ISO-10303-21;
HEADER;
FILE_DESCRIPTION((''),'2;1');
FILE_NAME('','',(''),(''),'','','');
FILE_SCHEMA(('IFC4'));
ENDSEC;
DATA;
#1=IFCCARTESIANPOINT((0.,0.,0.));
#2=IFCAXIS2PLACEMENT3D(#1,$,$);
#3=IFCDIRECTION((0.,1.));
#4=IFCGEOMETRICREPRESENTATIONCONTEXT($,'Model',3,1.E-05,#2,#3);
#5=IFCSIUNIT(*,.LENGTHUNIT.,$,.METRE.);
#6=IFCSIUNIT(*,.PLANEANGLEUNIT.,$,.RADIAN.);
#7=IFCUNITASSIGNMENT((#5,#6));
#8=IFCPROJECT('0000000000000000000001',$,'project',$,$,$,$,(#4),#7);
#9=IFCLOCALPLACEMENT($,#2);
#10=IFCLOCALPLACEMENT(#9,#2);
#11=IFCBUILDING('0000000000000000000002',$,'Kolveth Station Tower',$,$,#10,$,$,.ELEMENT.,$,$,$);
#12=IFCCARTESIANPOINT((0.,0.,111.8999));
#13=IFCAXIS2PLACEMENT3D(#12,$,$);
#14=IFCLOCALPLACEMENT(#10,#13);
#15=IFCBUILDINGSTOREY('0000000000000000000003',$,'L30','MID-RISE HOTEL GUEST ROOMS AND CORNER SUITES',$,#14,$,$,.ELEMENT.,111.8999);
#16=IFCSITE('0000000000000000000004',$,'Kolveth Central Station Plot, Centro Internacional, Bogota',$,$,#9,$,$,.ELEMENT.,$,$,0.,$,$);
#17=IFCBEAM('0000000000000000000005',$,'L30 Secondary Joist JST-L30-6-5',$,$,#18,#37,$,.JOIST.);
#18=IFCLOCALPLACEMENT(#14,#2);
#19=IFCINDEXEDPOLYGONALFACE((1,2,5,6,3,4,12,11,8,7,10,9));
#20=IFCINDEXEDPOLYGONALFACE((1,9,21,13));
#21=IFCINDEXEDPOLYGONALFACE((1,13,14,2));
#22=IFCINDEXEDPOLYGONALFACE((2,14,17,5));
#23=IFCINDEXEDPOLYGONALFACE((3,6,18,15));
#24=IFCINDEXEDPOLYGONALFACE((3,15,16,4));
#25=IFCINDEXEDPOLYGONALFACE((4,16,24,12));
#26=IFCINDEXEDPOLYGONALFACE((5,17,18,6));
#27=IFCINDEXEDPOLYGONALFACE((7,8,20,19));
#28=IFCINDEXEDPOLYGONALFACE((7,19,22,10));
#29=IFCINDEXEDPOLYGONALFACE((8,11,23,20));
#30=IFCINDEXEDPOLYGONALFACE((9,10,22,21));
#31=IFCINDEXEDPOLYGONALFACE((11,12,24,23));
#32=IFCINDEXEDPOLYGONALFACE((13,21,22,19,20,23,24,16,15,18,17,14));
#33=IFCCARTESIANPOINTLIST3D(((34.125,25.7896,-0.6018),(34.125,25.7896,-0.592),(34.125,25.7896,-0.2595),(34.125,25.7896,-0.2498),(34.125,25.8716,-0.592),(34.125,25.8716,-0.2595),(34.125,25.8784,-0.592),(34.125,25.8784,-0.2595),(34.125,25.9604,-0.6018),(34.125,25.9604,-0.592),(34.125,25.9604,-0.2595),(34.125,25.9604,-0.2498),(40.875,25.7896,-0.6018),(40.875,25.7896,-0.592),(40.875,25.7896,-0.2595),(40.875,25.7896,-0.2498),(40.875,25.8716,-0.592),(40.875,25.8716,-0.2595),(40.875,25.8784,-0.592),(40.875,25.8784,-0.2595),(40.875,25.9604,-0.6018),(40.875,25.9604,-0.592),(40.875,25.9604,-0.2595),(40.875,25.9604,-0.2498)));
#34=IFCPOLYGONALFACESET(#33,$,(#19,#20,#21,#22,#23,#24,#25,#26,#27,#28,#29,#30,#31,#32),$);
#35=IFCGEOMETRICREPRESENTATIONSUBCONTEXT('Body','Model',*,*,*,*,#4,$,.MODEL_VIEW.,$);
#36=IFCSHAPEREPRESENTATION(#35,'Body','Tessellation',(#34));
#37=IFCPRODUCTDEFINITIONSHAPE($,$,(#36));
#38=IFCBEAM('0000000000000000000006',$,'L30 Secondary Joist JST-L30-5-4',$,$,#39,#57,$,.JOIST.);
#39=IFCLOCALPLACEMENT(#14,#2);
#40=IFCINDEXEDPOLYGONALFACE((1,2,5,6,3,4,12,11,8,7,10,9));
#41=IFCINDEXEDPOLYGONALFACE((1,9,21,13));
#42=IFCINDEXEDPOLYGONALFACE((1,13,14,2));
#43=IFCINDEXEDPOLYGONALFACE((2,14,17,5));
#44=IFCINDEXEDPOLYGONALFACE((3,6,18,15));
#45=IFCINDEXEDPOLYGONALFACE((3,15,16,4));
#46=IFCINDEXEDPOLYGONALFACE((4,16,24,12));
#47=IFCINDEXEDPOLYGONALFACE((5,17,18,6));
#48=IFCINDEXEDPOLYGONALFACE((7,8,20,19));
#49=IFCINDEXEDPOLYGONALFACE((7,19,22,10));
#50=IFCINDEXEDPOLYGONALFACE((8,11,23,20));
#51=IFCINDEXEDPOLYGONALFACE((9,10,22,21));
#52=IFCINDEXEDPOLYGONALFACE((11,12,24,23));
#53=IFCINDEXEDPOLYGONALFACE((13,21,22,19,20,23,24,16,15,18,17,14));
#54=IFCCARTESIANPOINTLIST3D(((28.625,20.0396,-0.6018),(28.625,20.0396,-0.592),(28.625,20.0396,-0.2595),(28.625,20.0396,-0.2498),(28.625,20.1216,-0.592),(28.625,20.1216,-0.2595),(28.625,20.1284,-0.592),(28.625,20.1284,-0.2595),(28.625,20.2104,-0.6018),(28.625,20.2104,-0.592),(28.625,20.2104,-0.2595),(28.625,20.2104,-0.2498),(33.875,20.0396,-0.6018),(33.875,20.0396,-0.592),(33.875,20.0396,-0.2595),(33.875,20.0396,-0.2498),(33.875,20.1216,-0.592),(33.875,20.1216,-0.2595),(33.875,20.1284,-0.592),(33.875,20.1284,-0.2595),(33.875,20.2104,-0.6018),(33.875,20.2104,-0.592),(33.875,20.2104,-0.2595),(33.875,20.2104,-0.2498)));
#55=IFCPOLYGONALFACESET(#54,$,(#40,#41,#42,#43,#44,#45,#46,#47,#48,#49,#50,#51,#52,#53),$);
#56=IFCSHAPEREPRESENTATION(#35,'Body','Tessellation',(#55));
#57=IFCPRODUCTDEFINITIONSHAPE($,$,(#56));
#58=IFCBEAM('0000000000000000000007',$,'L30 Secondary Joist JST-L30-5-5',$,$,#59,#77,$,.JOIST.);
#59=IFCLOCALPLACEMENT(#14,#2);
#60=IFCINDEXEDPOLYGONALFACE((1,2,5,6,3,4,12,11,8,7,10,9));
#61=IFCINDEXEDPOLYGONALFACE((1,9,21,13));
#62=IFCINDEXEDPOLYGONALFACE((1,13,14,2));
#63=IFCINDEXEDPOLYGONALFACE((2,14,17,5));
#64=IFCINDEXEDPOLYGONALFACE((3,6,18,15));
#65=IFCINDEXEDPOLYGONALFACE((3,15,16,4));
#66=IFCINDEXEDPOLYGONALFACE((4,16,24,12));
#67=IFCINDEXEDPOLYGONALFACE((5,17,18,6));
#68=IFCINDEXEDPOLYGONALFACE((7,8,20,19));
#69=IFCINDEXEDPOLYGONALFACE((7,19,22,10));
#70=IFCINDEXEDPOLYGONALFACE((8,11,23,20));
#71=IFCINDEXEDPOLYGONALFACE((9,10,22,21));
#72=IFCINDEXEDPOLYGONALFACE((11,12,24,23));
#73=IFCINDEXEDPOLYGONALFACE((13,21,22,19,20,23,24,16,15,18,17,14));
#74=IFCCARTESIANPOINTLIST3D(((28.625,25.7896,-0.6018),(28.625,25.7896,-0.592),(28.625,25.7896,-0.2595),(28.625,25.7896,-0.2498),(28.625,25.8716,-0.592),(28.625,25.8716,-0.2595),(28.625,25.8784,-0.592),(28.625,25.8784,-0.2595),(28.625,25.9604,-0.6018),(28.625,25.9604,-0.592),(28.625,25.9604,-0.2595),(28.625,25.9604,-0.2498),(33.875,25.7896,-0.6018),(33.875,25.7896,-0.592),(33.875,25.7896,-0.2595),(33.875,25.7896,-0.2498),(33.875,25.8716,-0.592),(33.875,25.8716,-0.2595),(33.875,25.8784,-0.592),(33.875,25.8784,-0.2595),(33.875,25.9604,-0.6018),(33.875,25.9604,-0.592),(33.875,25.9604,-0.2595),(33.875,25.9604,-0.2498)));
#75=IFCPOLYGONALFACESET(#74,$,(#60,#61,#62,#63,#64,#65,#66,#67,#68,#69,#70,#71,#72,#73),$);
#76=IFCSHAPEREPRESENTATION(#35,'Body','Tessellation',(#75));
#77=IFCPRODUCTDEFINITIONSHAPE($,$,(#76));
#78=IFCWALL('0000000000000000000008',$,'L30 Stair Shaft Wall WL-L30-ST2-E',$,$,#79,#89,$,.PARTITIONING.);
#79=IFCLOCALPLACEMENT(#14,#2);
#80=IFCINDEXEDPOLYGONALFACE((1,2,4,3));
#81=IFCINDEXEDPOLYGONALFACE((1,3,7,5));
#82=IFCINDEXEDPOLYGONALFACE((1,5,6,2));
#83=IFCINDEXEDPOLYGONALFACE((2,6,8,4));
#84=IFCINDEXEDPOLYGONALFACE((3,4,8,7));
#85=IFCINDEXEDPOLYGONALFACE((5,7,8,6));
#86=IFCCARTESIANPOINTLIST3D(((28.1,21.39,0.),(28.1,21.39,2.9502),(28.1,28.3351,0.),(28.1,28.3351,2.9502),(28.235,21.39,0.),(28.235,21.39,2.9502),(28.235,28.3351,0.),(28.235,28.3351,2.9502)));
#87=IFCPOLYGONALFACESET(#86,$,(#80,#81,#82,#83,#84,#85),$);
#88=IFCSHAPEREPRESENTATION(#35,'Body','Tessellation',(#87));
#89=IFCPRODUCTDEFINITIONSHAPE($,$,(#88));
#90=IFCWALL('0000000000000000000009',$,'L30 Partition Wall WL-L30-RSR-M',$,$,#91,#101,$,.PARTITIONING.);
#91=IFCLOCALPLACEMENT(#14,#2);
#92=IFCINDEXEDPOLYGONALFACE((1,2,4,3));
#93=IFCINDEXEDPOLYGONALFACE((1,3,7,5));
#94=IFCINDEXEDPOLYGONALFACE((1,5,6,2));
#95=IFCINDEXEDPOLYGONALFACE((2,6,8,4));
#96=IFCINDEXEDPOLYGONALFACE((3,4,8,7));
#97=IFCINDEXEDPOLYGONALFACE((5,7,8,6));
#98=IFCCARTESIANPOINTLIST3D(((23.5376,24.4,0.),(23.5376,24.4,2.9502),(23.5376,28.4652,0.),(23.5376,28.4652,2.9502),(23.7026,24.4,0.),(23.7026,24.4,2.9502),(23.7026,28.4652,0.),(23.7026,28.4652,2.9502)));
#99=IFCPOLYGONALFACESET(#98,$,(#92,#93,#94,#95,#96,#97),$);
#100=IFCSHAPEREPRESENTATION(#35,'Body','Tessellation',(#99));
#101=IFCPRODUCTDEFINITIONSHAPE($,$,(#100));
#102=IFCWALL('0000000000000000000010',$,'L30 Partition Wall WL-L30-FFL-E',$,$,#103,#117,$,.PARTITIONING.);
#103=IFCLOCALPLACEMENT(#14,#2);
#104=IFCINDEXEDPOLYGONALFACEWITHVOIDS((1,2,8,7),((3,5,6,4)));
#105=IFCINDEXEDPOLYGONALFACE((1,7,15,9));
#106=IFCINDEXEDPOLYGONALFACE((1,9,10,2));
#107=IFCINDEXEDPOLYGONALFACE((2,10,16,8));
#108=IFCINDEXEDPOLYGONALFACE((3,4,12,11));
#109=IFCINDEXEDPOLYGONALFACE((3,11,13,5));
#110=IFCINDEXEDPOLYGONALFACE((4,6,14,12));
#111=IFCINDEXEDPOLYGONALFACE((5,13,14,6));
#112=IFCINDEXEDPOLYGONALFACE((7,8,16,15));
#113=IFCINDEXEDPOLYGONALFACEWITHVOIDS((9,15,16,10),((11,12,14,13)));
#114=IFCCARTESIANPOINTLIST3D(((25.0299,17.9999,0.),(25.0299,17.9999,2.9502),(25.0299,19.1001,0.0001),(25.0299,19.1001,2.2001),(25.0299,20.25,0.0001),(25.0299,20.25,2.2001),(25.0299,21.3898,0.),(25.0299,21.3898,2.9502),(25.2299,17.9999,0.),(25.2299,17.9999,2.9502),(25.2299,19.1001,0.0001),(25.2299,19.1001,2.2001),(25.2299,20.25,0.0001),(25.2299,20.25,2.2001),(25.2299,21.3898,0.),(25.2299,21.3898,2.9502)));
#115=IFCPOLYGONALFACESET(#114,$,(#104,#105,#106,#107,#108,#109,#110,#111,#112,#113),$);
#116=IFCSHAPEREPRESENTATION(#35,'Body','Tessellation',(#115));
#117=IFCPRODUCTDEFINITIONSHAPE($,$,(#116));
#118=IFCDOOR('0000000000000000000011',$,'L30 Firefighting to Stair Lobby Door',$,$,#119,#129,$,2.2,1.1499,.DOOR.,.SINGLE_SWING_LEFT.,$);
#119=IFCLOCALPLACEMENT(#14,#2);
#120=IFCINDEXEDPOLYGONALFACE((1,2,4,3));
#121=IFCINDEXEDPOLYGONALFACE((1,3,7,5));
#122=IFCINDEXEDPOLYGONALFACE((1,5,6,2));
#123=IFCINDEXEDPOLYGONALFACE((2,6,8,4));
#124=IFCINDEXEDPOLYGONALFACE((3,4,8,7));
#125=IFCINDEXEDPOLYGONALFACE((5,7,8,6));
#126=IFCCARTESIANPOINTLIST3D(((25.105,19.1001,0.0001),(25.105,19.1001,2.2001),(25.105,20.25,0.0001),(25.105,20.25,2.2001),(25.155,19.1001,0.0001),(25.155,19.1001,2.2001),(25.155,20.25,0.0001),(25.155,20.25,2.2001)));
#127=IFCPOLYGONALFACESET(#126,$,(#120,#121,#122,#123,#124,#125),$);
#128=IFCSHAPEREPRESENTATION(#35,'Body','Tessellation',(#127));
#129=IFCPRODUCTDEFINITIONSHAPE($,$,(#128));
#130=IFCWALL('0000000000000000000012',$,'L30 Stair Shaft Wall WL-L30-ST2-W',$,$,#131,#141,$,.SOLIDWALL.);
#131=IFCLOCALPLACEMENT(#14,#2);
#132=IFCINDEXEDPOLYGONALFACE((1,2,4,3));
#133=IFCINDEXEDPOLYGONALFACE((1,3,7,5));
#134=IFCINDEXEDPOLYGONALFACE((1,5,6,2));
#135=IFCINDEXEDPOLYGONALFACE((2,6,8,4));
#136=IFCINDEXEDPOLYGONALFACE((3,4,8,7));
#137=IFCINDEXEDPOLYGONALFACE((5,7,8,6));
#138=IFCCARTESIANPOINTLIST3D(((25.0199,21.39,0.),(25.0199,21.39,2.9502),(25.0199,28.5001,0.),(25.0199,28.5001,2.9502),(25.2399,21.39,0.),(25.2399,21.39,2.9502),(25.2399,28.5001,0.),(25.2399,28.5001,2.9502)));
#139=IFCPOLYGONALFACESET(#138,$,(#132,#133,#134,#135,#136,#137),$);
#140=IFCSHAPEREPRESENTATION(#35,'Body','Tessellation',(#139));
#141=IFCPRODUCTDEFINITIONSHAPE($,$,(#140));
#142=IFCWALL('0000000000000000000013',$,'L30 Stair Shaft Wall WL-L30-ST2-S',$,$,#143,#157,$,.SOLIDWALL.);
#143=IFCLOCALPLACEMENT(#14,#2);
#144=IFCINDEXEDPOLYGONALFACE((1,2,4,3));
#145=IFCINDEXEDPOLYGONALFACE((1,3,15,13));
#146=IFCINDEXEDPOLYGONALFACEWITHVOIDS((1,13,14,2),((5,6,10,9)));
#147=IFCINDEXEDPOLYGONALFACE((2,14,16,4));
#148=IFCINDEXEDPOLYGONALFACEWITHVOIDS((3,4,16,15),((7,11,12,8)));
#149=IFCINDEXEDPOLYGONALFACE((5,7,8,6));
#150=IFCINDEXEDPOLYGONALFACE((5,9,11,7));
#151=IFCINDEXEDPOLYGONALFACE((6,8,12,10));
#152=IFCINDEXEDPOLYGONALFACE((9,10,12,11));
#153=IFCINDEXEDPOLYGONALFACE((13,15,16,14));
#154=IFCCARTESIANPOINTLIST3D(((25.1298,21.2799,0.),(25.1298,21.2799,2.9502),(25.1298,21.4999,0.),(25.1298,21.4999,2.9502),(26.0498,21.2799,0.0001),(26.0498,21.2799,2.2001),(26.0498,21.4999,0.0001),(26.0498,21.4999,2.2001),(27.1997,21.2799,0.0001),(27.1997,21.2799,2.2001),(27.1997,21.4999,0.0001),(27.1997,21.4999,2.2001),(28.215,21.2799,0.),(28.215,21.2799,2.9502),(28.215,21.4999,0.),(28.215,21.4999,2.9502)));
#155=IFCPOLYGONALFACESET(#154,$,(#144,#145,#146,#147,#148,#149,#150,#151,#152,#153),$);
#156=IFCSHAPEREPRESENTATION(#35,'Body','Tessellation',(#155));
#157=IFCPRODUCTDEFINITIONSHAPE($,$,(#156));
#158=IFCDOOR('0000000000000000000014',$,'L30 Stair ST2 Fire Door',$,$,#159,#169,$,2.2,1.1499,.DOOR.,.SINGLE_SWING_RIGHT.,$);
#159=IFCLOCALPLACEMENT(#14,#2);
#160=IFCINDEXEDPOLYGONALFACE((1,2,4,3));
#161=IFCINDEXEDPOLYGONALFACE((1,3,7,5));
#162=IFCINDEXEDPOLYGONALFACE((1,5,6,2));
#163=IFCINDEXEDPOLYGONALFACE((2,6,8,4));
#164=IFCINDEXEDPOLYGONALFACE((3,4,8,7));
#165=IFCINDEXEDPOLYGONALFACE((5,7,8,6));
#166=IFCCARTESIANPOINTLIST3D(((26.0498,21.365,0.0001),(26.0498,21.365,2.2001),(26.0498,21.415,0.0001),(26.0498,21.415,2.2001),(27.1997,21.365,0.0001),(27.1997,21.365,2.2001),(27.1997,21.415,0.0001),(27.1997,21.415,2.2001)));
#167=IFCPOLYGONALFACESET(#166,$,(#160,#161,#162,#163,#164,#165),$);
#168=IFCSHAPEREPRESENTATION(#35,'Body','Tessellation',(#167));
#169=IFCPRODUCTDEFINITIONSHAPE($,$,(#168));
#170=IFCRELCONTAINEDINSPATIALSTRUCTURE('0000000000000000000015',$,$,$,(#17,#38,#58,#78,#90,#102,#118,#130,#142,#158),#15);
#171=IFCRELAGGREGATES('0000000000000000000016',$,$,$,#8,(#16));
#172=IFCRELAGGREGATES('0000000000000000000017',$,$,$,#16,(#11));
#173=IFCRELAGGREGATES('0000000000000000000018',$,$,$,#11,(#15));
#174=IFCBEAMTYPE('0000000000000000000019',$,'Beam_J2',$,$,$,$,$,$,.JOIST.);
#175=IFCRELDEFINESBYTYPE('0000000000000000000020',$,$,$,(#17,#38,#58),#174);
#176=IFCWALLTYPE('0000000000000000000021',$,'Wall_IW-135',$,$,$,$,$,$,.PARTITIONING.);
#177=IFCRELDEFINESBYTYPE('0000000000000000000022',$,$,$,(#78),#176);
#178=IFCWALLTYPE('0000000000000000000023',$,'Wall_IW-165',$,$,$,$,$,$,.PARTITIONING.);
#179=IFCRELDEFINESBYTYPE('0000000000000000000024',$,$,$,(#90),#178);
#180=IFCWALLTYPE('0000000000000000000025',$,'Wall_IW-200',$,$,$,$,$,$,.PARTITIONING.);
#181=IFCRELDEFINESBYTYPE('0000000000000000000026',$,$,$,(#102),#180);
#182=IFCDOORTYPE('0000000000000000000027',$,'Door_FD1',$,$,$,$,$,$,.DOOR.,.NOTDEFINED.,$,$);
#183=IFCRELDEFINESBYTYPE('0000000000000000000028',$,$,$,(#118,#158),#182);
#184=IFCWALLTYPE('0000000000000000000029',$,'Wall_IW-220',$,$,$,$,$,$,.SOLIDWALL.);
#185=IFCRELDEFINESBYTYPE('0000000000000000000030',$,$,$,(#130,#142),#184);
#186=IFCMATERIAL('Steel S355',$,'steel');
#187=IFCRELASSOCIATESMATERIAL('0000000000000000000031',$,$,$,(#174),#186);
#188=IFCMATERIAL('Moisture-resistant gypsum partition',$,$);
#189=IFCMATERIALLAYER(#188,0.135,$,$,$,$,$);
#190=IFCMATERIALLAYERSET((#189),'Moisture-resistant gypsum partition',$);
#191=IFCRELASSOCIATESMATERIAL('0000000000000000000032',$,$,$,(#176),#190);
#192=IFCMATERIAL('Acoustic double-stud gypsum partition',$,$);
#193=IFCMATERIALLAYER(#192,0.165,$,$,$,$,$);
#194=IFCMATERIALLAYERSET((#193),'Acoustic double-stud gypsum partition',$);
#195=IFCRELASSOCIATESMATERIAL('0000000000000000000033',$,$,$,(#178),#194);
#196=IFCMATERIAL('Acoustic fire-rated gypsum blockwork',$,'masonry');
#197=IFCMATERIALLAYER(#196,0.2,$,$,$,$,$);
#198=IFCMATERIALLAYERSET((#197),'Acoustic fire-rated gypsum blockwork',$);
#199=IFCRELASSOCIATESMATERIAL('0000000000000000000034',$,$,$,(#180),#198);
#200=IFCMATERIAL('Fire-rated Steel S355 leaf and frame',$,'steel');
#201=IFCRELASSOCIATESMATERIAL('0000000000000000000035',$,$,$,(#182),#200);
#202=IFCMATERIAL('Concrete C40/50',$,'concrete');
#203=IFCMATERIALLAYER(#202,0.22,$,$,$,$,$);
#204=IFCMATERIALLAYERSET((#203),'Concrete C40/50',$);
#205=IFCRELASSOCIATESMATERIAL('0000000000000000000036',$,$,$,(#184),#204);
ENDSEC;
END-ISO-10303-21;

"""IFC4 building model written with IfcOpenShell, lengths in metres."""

from ifc_helpers import new_model, si_unit, direction, frame, frame_2d, origin, origin_2d, place, context, subcontext, project, spatial, rectangle, i_section, extrude, source, transform, mapped, material, layer, layer_set, material_profile, profile_set, type_object, element, fill, save


model = new_model("IFC4")

# Units and contexts
model_context = context("Model", 3, precision=1e-05, world=origin(), true_north=direction((0.0, 1.0)))
body_context = subcontext(model_context, "Body", "Model", "MODEL_VIEW")
ifc_project = project(units=[si_unit("LENGTHUNIT", "METRE"), si_unit("PLANEANGLEUNIT", "RADIAN")], contexts=[model_context])

# Site, building, storey
site_placement = place(None, origin())
site = spatial("IfcSite", under=ifc_project, at=site_placement, Name="Kolveth Central Station Plot, Centro Internacional, Bogota", CompositionType="ELEMENT", RefElevation=0.0)
building_placement = place(site_placement, origin())
building = spatial("IfcBuilding", under=site, at=building_placement, Name="Kolveth Station Tower", CompositionType="ELEMENT")
storey_placement = place(building_placement, frame((0.0, 0.0, 111.8999)))
storey = spatial("IfcBuildingStorey", under=building, at=storey_placement, Name="L30", Description="MID-RISE HOTEL GUEST ROOMS AND CORNER SUITES", CompositionType="ELEMENT", Elevation=111.8999)

# Shared definitions
ifc_material_1 = material(Name="Steel S355", Category="steel")

# Beams
ifc_material_profile_1 = material_profile(ifc_material_1, i_section(OverallWidth=0.1709, OverallDepth=0.3521, WebThickness=0.0068, FlangeThickness=0.0098, at=origin_2d()), Name="W360x44")
ifc_profile_set_1 = profile_set([ifc_material_profile_1], Name="Steel S355")
beam_type_1 = type_object("IfcBeamType", Name="Beam_J2", PredefinedType="JOIST", material=ifc_profile_set_1)
shared_shape_1 = source(origin(), body_context, "Body", "SweptSolid", [
    extrude(i_section(OverallWidth=0.1709, OverallDepth=0.3521, WebThickness=0.0068, FlangeThickness=0.0098, at=origin_2d()), origin(), (0.0, 0.0, 1.0), 6.75),
])
for number, where, z_axis, x_axis, name in (
    (1, (34.125, 25.875, -0.4258), (1.0, 0.0, 0.0), (0.0, 1.0, 0.0), "L30 Secondary Joist JST-L30-6-5"),
):
    element("IfcBeam", number, at=place(storey_placement, frame(where, z_axis=z_axis, x_axis=x_axis)), inside=storey, type_object=beam_type_1, Name=name, PredefinedType="JOIST", context=body_context, shape_type="MappedRepresentation", body=[
        mapped(shared_shape_1, transform((0.0, 0.0, 0.0), x_axis=(1.0, 0.0, 0.0), y_axis=(0.0, 1.0, 0.0), z_axis=(0.0, 0.0, 1.0), scale=1.0)),
    ])
shared_shape_2 = source(origin(), body_context, "Body", "SweptSolid", [
    extrude(i_section(OverallWidth=0.1709, OverallDepth=0.3521, WebThickness=0.0068, FlangeThickness=0.0098, at=origin_2d()), origin(), (0.0, 0.0, 1.0), 5.25),
])
for number, where, z_axis, x_axis, name in (
    (2, (28.625, 20.125, -0.4258), (1.0, 0.0, 0.0), (0.0, 1.0, 0.0), "L30 Secondary Joist JST-L30-5-4"),
    (3, (28.625, 25.875, -0.4258), (1.0, 0.0, 0.0), (0.0, 1.0, 0.0), "L30 Secondary Joist JST-L30-5-5"),
):
    element("IfcBeam", number, at=place(storey_placement, frame(where, z_axis=z_axis, x_axis=x_axis)), inside=storey, type_object=beam_type_1, Name=name, PredefinedType="JOIST", context=body_context, shape_type="MappedRepresentation", body=[
        mapped(shared_shape_2, transform((0.0, 0.0, 0.0), x_axis=(1.0, 0.0, 0.0), y_axis=(0.0, 1.0, 0.0), z_axis=(0.0, 0.0, 1.0), scale=1.0)),
    ])

# Walls
ifc_material_2 = material(Name="Moisture-resistant gypsum partition")
ifc_layer_1 = layer(ifc_material_2, 0.135)
ifc_layer_set_1 = layer_set([ifc_layer_1], Name="Moisture-resistant gypsum partition")
wall_type_1 = type_object("IfcWallType", Name="Wall_IW-135", PredefinedType="PARTITIONING", material=ifc_layer_set_1)
wall_1_placement = place(storey_placement, frame((28.1675, 21.3899, 0.0), z_axis=(0.0, 0.0, 1.0), x_axis=(0.0, 1.0, 0.0)))
element("IfcWall", 4, at=wall_1_placement, inside=storey, type_object=wall_type_1, Name="L30 Stair Shaft Wall WL-L30-ST2-E", PredefinedType="PARTITIONING", context=body_context, shape_type="SweptSolid", body=[
    extrude(rectangle(XDim=6.9451, YDim=0.135, at=frame_2d((3.4727, 0.0))), origin(), (0.0, 0.0, 1.0), 2.9502),
])
ifc_material_3 = material(Name="Acoustic double-stud gypsum partition")
ifc_layer_2 = layer(ifc_material_3, 0.165)
ifc_layer_set_2 = layer_set([ifc_layer_2], Name="Acoustic double-stud gypsum partition")
wall_type_2 = type_object("IfcWallType", Name="Wall_IW-165", PredefinedType="PARTITIONING", material=ifc_layer_set_2)
wall_2_placement = place(storey_placement, frame((23.6201, 24.3999, 0.0), z_axis=(0.0, 0.0, 1.0), x_axis=(0.0, 1.0, 0.0)))
element("IfcWall", 5, at=wall_2_placement, inside=storey, type_object=wall_type_2, Name="L30 Partition Wall WL-L30-RSR-M", PredefinedType="PARTITIONING", context=body_context, shape_type="SweptSolid", body=[
    extrude(rectangle(XDim=4.0652, YDim=0.165, at=frame_2d((2.0327, 0.0))), origin(), (0.0, 0.0, 1.0), 2.9502),
])

# Wall, opening, door
ifc_material_4 = material(Name="Acoustic fire-rated gypsum blockwork", Category="masonry")
ifc_layer_3 = layer(ifc_material_4, 0.2)
ifc_layer_set_3 = layer_set([ifc_layer_3], Name="Acoustic fire-rated gypsum blockwork")
wall_type_3 = type_object("IfcWallType", Name="Wall_IW-200", PredefinedType="PARTITIONING", material=ifc_layer_set_3)
wall_3_placement = place(storey_placement, frame((25.1299, 18.0, 0.0), z_axis=(0.0, 0.0, 1.0), x_axis=(0.0, 1.0, 0.0)))
wall_3 = element("IfcWall", 6, at=wall_3_placement, inside=storey, type_object=wall_type_3, Name="L30 Partition Wall WL-L30-FFL-E", PredefinedType="PARTITIONING", context=body_context, shape_type="SweptSolid", body=[
    extrude(rectangle(XDim=3.3899, YDim=0.2, at=frame_2d((1.6948, 0.0))), origin(), (0.0, 0.0, 1.0), 2.9502),
])
opening_1_placement = place(wall_3_placement, frame((1.1001, 0.0, 0.0)))
opening_1 = element("IfcOpeningElement", 7, at=opening_1_placement, cuts=wall_3, PredefinedType="OPENING", context=body_context, shape_type="SweptSolid", body=[
    extrude(rectangle(XDim=1.1499, YDim=2.2, at=frame_2d((0.575, 1.1001))), frame((0.0, 0.1099, 0.0), z_axis=(0.0, -1.0, 0.0), x_axis=(1.0, 0.0, 0.0)), (0.0, 0.0, 1.0), 0.22),
])
ifc_material_5 = material(Name="Fire-rated Steel S355 leaf and frame", Category="steel")
door_type = type_object("IfcDoorType", Name="Door_FD1", OperationType="NOTDEFINED", PredefinedType="DOOR", material=ifc_material_5)
door_1_placement = place(opening_1_placement, origin())
door_1 = element("IfcDoor", 8, at=door_1_placement, inside=storey, type_object=door_type, Name="L30 Firefighting to Stair Lobby Door", OperationType="SINGLE_SWING_LEFT", OverallHeight=2.2, OverallWidth=1.1499, PredefinedType="DOOR", context=body_context, shape_type="SweptSolid", body=[
    extrude(rectangle(XDim=1.1499, YDim=2.2, at=frame_2d((0.575, 1.1001))), frame((0.0, 0.0249, 0.0), z_axis=(0.0, -1.0, 0.0), x_axis=(1.0, 0.0, 0.0)), (0.0, 0.0, 1.0), 0.05),
])
fill(opening_1, door_1)

# Wall
ifc_material_6 = material(Name="Concrete C40/50", Category="concrete")
ifc_layer_4 = layer(ifc_material_6, 0.22)
ifc_layer_set_4 = layer_set([ifc_layer_4], Name="Concrete C40/50")
wall_type_4 = type_object("IfcWallType", Name="Wall_IW-220", PredefinedType="SOLIDWALL", material=ifc_layer_set_4)
wall_4_placement = place(storey_placement, frame((25.1299, 21.3899, 0.0), z_axis=(0.0, 0.0, 1.0), x_axis=(0.0, 1.0, 0.0)))
element("IfcWall", 9, at=wall_4_placement, inside=storey, type_object=wall_type_4, Name="L30 Stair Shaft Wall WL-L30-ST2-W", PredefinedType="SOLIDWALL", context=body_context, shape_type="SweptSolid", body=[
    extrude(rectangle(XDim=7.1101, YDim=0.22, at=frame_2d((3.5552, 0.0))), origin(), (0.0, 0.0, 1.0), 2.9502),
])

# Wall, opening, door
wall_5_placement = place(storey_placement, frame((25.1299, 21.3899, 0.0), z_axis=(0.0, 0.0, 1.0), x_axis=(1.0, 0.0, 0.0)))
wall_5 = element("IfcWall", 10, at=wall_5_placement, inside=storey, type_object=wall_type_4, Name="L30 Stair Shaft Wall WL-L30-ST2-S", PredefinedType="SOLIDWALL", context=body_context, shape_type="SweptSolid", body=[
    extrude(rectangle(XDim=3.0852, YDim=0.22, at=frame_2d((1.5425, 0.0))), origin(), (0.0, 0.0, 1.0), 2.9502),
])
opening_2_placement = place(wall_5_placement, frame((0.9199, 0.0, 0.0)))
opening_2 = element("IfcOpeningElement", 11, at=opening_2_placement, cuts=wall_5, PredefinedType="OPENING", context=body_context, shape_type="SweptSolid", body=[
    extrude(rectangle(XDim=1.1499, YDim=2.2, at=frame_2d((0.575, 1.1001))), frame((0.0, 0.1199, 0.0), z_axis=(0.0, -1.0, 0.0), x_axis=(1.0, 0.0, 0.0)), (0.0, 0.0, 1.0), 0.24),
])
door_2_placement = place(opening_2_placement, frame((1.1499, 0.0, 0.0), z_axis=(0.0, 0.0, 1.0), x_axis=(-1.0, 0.0, 0.0)))
door_2 = element("IfcDoor", 12, at=door_2_placement, inside=storey, type_object=door_type, Name="L30 Stair ST2 Fire Door", OperationType="SINGLE_SWING_RIGHT", OverallHeight=2.2, OverallWidth=1.1499, PredefinedType="DOOR", context=body_context, shape_type="SweptSolid", body=[
    extrude(rectangle(XDim=1.1499, YDim=2.2, at=frame_2d((0.575, 1.1001))), frame((0.0, 0.0249, 0.0), z_axis=(0.0, -1.0, 0.0), x_axis=(1.0, 0.0, 0.0)), (0.0, 0.0, 1.0), 0.05),
])
fill(opening_2, door_2)

save(model, "model.ifc")
